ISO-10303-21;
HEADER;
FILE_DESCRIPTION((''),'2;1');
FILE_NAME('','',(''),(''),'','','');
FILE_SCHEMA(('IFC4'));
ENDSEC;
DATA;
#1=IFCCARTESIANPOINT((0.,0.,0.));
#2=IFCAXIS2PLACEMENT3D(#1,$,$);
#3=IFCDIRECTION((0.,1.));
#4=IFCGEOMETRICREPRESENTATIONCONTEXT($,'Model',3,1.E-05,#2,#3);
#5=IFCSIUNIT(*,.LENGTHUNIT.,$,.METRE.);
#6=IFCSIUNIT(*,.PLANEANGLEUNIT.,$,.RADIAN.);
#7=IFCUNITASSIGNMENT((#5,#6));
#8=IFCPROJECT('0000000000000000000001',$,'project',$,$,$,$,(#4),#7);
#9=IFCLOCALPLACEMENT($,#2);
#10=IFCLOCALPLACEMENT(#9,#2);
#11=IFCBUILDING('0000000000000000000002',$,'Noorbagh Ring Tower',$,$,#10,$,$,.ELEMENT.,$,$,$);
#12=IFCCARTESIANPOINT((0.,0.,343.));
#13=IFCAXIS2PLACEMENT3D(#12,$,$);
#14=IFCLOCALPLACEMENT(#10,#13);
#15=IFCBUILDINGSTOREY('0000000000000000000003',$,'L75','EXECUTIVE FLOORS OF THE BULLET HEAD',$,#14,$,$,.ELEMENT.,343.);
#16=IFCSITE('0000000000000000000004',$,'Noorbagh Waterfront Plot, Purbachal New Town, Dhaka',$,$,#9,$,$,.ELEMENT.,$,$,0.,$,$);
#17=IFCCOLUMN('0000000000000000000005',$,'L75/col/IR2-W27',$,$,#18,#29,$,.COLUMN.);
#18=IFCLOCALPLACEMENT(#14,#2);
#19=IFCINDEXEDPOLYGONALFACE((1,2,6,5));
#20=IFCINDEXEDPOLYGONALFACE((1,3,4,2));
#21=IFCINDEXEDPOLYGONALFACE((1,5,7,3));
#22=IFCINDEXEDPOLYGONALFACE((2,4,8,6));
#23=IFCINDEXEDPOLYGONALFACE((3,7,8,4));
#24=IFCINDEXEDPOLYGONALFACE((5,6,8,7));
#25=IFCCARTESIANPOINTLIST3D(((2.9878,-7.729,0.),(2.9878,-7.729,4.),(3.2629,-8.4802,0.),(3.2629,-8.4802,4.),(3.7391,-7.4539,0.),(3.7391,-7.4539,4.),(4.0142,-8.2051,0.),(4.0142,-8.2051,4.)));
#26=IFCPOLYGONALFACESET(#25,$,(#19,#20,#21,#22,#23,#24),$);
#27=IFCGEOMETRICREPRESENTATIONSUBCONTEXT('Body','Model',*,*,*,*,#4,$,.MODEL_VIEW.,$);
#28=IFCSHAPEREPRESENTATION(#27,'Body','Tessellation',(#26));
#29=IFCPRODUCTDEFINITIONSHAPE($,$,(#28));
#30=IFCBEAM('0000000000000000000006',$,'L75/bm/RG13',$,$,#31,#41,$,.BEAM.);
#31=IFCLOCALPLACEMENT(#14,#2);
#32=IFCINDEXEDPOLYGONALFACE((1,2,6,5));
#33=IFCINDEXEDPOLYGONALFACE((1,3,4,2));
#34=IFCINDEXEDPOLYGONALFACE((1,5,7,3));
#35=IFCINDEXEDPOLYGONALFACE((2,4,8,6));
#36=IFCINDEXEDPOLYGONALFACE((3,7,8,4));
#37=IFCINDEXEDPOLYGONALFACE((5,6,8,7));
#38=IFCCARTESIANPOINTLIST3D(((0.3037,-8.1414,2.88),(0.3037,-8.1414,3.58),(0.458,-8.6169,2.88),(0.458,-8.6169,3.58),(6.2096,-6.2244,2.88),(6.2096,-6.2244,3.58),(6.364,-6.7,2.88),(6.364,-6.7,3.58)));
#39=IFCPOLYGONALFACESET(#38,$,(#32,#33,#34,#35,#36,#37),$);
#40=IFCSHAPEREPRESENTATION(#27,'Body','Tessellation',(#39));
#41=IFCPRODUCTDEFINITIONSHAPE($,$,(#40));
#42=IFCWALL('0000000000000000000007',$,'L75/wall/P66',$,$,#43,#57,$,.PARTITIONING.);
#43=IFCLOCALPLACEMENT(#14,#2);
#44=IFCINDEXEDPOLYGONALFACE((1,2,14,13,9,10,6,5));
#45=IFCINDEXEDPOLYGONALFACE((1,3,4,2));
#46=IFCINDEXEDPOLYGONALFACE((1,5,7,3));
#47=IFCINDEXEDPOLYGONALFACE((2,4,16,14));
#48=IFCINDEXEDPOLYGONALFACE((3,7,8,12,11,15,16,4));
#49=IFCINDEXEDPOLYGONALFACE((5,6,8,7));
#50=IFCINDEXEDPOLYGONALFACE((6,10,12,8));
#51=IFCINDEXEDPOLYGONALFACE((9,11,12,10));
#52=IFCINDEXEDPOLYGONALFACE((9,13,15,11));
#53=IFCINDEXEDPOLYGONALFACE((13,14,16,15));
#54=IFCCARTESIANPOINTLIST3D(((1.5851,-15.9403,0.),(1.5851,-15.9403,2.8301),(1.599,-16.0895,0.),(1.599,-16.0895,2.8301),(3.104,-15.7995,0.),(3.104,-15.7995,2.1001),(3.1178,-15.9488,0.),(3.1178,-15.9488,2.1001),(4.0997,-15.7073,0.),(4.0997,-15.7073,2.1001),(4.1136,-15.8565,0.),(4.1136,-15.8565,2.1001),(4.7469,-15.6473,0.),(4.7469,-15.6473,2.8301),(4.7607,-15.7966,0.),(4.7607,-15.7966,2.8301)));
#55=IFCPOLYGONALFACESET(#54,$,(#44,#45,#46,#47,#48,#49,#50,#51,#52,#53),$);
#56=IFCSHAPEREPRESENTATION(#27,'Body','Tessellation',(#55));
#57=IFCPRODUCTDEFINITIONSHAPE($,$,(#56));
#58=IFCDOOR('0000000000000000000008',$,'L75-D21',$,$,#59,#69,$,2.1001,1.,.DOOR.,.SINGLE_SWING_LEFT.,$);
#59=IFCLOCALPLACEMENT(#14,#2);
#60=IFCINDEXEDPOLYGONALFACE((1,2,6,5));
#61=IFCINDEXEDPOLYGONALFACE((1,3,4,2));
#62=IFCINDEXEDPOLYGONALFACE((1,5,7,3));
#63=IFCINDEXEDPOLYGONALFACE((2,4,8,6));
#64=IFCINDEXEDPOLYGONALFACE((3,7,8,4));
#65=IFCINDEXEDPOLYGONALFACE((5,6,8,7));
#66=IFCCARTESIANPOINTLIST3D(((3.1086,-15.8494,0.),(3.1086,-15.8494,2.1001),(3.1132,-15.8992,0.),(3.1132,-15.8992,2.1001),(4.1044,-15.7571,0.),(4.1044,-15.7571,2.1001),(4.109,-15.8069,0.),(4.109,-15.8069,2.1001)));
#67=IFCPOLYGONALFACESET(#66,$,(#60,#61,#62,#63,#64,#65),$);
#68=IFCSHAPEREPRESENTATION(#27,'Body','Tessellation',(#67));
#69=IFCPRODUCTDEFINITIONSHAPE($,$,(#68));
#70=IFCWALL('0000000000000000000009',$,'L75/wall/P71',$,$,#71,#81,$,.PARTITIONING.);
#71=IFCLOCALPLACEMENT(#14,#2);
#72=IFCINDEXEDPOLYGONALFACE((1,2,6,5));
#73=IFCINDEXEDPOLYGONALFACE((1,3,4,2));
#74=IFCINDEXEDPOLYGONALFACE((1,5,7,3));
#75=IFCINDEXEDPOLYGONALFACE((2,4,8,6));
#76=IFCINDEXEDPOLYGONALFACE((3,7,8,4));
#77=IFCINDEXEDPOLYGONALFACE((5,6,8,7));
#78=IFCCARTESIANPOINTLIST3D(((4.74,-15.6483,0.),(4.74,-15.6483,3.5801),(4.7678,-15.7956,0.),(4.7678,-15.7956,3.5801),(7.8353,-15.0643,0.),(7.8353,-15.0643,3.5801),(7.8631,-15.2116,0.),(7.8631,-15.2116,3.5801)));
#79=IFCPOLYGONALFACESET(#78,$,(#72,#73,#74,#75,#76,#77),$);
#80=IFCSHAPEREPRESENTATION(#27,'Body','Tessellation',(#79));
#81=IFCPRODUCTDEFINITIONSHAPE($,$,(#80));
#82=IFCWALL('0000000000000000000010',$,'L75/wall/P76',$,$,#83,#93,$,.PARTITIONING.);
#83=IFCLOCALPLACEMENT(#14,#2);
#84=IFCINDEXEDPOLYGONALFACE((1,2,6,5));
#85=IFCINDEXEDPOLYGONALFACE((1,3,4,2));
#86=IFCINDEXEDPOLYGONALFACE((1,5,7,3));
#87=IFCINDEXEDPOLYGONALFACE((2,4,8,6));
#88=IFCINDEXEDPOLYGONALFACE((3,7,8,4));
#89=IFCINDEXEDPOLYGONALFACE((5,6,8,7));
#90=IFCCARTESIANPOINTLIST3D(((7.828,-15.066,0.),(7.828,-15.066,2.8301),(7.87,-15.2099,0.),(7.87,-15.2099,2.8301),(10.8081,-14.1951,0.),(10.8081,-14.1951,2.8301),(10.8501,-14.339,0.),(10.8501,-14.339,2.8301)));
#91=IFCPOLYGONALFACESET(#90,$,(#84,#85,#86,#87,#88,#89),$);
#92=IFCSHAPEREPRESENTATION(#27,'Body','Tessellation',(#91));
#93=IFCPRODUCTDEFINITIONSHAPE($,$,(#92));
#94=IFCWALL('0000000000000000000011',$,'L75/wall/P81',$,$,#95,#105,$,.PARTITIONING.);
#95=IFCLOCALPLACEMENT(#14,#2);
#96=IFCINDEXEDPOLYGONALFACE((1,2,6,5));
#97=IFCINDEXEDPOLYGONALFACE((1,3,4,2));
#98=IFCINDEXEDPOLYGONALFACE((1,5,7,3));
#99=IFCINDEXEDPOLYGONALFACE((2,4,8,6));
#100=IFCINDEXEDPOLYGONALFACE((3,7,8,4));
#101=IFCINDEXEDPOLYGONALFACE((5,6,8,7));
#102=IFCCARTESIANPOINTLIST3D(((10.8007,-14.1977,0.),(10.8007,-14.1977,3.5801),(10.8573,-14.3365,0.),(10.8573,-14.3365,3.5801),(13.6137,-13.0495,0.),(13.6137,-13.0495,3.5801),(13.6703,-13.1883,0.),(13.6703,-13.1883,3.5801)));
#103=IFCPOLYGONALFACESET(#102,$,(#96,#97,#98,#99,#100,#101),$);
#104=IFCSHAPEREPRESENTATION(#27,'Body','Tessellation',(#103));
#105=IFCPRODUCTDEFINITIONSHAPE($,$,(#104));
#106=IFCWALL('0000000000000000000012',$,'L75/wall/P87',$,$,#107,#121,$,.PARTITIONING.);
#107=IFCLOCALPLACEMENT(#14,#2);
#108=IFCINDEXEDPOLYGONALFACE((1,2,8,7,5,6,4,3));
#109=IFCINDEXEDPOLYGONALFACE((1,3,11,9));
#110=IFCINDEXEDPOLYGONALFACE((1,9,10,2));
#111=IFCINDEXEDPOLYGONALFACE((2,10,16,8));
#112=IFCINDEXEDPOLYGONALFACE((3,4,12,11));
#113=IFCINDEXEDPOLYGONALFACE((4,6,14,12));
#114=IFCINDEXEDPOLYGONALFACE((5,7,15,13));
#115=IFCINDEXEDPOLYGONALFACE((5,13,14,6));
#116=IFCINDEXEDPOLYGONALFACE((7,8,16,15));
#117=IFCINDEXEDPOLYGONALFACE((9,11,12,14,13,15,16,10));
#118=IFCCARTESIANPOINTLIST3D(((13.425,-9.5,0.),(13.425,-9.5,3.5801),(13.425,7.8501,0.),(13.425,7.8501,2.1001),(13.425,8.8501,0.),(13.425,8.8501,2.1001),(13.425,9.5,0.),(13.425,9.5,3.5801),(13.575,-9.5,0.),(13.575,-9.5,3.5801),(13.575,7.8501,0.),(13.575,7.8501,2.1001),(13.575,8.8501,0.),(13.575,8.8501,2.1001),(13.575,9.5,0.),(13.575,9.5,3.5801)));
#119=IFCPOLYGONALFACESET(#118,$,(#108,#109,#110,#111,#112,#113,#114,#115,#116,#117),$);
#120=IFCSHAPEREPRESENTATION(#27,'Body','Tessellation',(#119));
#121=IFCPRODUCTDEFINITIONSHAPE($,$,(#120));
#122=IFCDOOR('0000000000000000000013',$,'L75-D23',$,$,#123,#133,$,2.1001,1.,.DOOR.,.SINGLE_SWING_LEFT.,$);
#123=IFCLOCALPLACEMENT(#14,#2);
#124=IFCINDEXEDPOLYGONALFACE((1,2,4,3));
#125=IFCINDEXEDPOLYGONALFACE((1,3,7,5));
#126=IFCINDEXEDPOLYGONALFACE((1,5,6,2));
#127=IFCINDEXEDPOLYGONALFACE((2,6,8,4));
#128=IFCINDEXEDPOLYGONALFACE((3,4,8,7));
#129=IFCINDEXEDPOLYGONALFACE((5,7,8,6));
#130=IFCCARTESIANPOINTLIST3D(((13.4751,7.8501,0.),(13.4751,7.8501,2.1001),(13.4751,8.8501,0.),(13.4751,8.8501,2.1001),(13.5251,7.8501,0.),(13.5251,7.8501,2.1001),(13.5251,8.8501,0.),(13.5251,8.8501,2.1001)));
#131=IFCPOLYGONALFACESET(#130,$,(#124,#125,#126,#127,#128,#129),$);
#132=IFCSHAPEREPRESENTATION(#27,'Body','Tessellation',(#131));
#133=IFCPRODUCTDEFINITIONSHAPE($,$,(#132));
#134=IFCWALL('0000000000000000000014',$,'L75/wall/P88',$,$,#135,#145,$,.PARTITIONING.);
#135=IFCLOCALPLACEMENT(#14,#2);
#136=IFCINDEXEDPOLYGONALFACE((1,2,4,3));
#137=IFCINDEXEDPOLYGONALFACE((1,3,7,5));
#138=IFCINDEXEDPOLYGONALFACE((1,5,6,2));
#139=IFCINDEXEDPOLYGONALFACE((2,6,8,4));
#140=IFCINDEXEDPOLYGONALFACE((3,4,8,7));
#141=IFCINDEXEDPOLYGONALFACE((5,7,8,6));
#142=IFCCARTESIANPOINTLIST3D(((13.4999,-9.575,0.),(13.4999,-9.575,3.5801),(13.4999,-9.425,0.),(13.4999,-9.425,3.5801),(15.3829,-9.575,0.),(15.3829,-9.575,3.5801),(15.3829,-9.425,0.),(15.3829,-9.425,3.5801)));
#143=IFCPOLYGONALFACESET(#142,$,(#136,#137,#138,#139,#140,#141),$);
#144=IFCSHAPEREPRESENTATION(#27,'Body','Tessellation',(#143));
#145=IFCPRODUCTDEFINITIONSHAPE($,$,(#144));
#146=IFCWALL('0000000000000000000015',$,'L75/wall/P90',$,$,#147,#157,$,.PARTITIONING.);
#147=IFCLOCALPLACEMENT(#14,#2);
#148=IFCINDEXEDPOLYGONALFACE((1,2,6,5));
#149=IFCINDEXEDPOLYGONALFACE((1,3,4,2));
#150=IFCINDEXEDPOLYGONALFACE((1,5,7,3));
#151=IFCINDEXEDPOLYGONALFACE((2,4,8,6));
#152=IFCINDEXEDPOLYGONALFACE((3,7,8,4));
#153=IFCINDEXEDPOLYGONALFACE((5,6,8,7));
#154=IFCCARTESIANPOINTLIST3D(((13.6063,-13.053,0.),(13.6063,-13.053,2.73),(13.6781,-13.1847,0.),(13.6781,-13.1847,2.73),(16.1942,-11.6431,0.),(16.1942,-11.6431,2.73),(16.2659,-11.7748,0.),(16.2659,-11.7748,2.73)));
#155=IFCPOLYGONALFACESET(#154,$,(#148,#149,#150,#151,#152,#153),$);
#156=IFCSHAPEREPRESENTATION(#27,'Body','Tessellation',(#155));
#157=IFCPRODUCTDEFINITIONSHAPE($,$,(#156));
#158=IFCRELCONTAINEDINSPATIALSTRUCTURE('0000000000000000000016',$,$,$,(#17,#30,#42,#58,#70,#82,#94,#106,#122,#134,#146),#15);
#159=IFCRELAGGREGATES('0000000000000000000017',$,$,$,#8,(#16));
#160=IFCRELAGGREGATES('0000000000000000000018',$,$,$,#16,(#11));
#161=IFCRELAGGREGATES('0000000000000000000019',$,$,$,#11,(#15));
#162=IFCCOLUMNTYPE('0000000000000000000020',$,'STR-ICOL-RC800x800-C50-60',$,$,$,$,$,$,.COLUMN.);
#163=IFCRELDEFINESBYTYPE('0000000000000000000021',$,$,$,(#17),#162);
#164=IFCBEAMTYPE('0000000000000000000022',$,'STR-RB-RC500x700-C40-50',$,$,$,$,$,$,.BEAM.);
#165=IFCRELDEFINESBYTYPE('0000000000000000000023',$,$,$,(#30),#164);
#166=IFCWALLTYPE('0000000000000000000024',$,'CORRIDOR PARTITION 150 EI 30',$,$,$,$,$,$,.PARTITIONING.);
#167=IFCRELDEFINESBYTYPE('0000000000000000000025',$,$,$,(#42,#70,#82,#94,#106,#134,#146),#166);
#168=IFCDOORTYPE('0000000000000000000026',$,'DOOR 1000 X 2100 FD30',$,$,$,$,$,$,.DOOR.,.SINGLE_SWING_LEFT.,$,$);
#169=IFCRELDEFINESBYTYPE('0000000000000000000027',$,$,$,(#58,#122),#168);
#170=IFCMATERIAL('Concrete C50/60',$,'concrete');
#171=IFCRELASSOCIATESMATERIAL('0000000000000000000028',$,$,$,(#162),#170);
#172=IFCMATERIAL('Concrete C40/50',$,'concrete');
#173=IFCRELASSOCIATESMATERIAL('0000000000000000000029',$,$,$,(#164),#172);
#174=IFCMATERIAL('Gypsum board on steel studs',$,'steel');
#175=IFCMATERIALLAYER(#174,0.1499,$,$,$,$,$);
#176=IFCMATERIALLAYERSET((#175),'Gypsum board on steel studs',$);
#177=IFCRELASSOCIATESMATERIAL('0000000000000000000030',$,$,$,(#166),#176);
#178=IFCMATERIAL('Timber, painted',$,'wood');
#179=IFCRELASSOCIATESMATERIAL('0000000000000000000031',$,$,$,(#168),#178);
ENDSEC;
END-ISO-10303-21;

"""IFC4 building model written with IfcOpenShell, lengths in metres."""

from ifc_helpers import new_model, si_unit, direction, frame, frame_2d, origin, origin_2d, place, context, subcontext, project, spatial, rectangle, extrude, material, layer, layer_set, material_profile, profile_set, type_object, element, fill, save


model = new_model("IFC4")

# Units and contexts
model_context = context("Model", 3, precision=1e-05, world=origin(), true_north=direction((0.0, 1.0)))
body_context = subcontext(model_context, "Body", "Model", "MODEL_VIEW")
ifc_project = project(units=[si_unit("LENGTHUNIT", "METRE"), si_unit("PLANEANGLEUNIT", "RADIAN")], contexts=[model_context])

# Site, building, storey
site_placement = place(None, origin())
site = spatial("IfcSite", under=ifc_project, at=site_placement, Name="Noorbagh Waterfront Plot, Purbachal New Town, Dhaka", CompositionType="ELEMENT", RefElevation=0.0)
building_placement = place(site_placement, origin())
building = spatial("IfcBuilding", under=site, at=building_placement, Name="Noorbagh Ring Tower", CompositionType="ELEMENT")
storey_placement = place(building_placement, frame((0.0, 0.0, 343.0)))
storey = spatial("IfcBuildingStorey", under=building, at=storey_placement, Name="L75", Description="EXECUTIVE FLOORS OF THE BULLET HEAD", CompositionType="ELEMENT", Elevation=343.0)

# Column
ifc_material_1 = material(Name="Concrete C50/60", Category="concrete")
ifc_material_profile_1 = material_profile(ifc_material_1, rectangle(XDim=0.8, YDim=0.8, at=origin_2d()), Name="RC800x800")
ifc_profile_set_1 = profile_set([ifc_material_profile_1], Name="Concrete C50/60")
column_type = type_object("IfcColumnType", Name="STR-ICOL-RC800x800-C50-60", PredefinedType="COLUMN", material=ifc_profile_set_1)
column_placement = place(storey_placement, frame((3.501, -7.967, 0.0), z_axis=(0.0, 0.0, 1.0), x_axis=(0.93902, 0.343864, 0.0)))
element("IfcColumn", 1, at=column_placement, inside=storey, type_object=column_type, Name="L75/col/IR2-W27", PredefinedType="COLUMN", context=body_context, shape_type="SweptSolid", body=[
    extrude(rectangle(XDim=0.8, YDim=0.8, at=origin_2d()), origin(), (0.0, 0.0, 1.0), 4.0),
])

# Beam
ifc_material_2 = material(Name="Concrete C40/50", Category="concrete")
ifc_material_profile_2 = material_profile(ifc_material_2, rectangle(XDim=0.5, YDim=0.7, at=origin_2d()), Name="RC500x700")
ifc_profile_set_2 = profile_set([ifc_material_profile_2], Name="Concrete C40/50")
beam_type = type_object("IfcBeamType", Name="STR-RB-RC500x700-C40-50", PredefinedType="BEAM", material=ifc_profile_set_2)
beam_placement = place(storey_placement, frame((0.3809, -8.3792, 3.23), z_axis=(0.95115, 0.308728, 0.0), x_axis=(-0.308728, 0.95115, 0.0)))
element("IfcBeam", 2, at=beam_placement, inside=storey, type_object=beam_type, Name="L75/bm/RG13", PredefinedType="BEAM", context=body_context, shape_type="SweptSolid", body=[
    extrude(rectangle(XDim=0.5, YDim=0.7, at=origin_2d()), origin(), (0.0, 0.0, 1.0), 6.2092),
])

# Wall, opening, door
ifc_material_3 = material(Name="Gypsum board on steel studs", Category="steel")
ifc_layer_1 = layer(ifc_material_3, 0.1499)
ifc_layer_set_1 = layer_set([ifc_layer_1], Name="Gypsum board on steel studs")
wall_type_1 = type_object("IfcWallType", Name="CORRIDOR PARTITION 150 EI 30", PredefinedType="PARTITIONING", material=ifc_layer_set_1)
wall_1_placement = place(storey_placement, frame((1.592, -16.0149, 0.0), z_axis=(0.0, 0.0, 1.0), x_axis=(0.995735, 0.092262, 0.0)))
wall_1 = element("IfcWall", 3, at=wall_1_placement, inside=storey, type_object=wall_type_1, Name="L75/wall/P66", PredefinedType="PARTITIONING", context=body_context, shape_type="SweptSolid", body=[
    extrude(rectangle(XDim=3.1753, YDim=0.1499, at=frame_2d((1.5876, 0.0))), origin(), (0.0, 0.0, 1.0), 2.8301),
])
opening_1_placement = place(wall_1_placement, frame((1.5254, 0.0, 0.0)))
opening_1 = element("IfcOpeningElement", 4, at=opening_1_placement, cuts=wall_1, PredefinedType="OPENING", context=body_context, shape_type="SweptSolid", body=[
    extrude(rectangle(XDim=1.0, YDim=2.1001, at=frame_2d((0.5, 1.05))), frame((0.0, 0.085, 0.0), z_axis=(0.0, -1.0, 0.0), x_axis=(1.0, 0.0, 0.0)), (0.0, 0.0, 1.0), 0.1699),
])
ifc_material_4 = material(Name="Timber, painted", Category="wood")
door_type = type_object("IfcDoorType", Name="DOOR 1000 X 2100 FD30", OperationType="SINGLE_SWING_LEFT", PredefinedType="DOOR", material=ifc_material_4)
door_1_placement = place(opening_1_placement, origin())
door_1 = element("IfcDoor", 5, at=door_1_placement, inside=storey, type_object=door_type, Name="L75-D21", OperationType="SINGLE_SWING_LEFT", OverallHeight=2.1001, OverallWidth=1.0, PredefinedType="DOOR", context=body_context, shape_type="SweptSolid", body=[
    extrude(rectangle(XDim=1.0, YDim=2.1001, at=frame_2d((0.5, 1.05))), frame((0.0, 0.0249, 0.0), z_axis=(0.0, -1.0, 0.0), x_axis=(1.0, 0.0, 0.0)), (0.0, 0.0, 1.0), 0.05),
])
fill(opening_1, door_1)

# Walls
wall_2_placement = place(storey_placement, frame((4.7539, -15.7219, 0.0), z_axis=(0.0, 0.0, 1.0), x_axis=(0.982663, 0.185402, 0.0)))
element("IfcWall", 6, at=wall_2_placement, inside=storey, type_object=wall_type_1, Name="L75/wall/P71", PredefinedType="PARTITIONING", context=body_context, shape_type="SweptSolid", body=[
    extrude(rectangle(XDim=3.1499, YDim=0.1499, at=frame_2d((1.575, 0.0))), origin(), (0.0, 0.0, 1.0), 3.5801),
])
wall_3_placement = place(storey_placement, frame((7.8491, -15.1379, 0.0), z_axis=(0.0, 0.0, 1.0), x_axis=(0.959854, 0.280501, 0.0)))
element("IfcWall", 7, at=wall_3_placement, inside=storey, type_object=wall_type_1, Name="L75/wall/P76", PredefinedType="PARTITIONING", context=body_context, shape_type="SweptSolid", body=[
    extrude(rectangle(XDim=3.1047, YDim=0.1499, at=frame_2d((1.5522, 0.0))), origin(), (0.0, 0.0, 1.0), 2.8301),
])
wall_4_placement = place(storey_placement, frame((10.8291, -14.2671, 0.0), z_axis=(0.0, 0.0, 1.0), x_axis=(0.925844, 0.377907, 0.0)))
element("IfcWall", 8, at=wall_4_placement, inside=storey, type_object=wall_type_1, Name="L75/wall/P81", PredefinedType="PARTITIONING", context=body_context, shape_type="SweptSolid", body=[
    extrude(rectangle(XDim=3.0383, YDim=0.1499, at=frame_2d((1.519, 0.0))), origin(), (0.0, 0.0, 1.0), 3.5801),
])

# Wall, opening, door
wall_5_placement = place(storey_placement, frame((13.5, -9.5, 0.0), z_axis=(0.0, 0.0, 1.0), x_axis=(0.0, 1.0, 0.0)))
wall_5 = element("IfcWall", 9, at=wall_5_placement, inside=storey, type_object=wall_type_1, Name="L75/wall/P87", PredefinedType="PARTITIONING", context=body_context, shape_type="SweptSolid", body=[
    extrude(rectangle(XDim=19.0, YDim=0.1499, at=frame_2d((9.5, 0.0))), origin(), (0.0, 0.0, 1.0), 3.5801),
])
opening_2_placement = place(wall_5_placement, frame((17.3501, 0.0, 0.0)))
opening_2 = element("IfcOpeningElement", 10, at=opening_2_placement, cuts=wall_5, PredefinedType="OPENING", context=body_context, shape_type="SweptSolid", body=[
    extrude(rectangle(XDim=1.0, YDim=2.1001, at=frame_2d((0.5, 1.05))), frame((0.0, 0.085, 0.0), z_axis=(0.0, -1.0, 0.0), x_axis=(1.0, 0.0, 0.0)), (0.0, 0.0, 1.0), 0.1699),
])
door_2_placement = place(opening_2_placement, origin())
door_2 = element("IfcDoor", 11, at=door_2_placement, inside=storey, type_object=door_type, Name="L75-D23", OperationType="SINGLE_SWING_LEFT", OverallHeight=2.1001, OverallWidth=1.0, PredefinedType="DOOR", context=body_context, shape_type="SweptSolid", body=[
    extrude(rectangle(XDim=1.0, YDim=2.1001, at=frame_2d((0.5, 1.05))), frame((0.0, 0.0249, 0.0), z_axis=(0.0, -1.0, 0.0), x_axis=(1.0, 0.0, 0.0)), (0.0, 0.0, 1.0), 0.05),
])
fill(opening_2, door_2)

# Walls
wall_6_placement = place(storey_placement, frame((13.5, -9.5, 0.0), z_axis=(0.0, 0.0, 1.0), x_axis=(1.0, 0.0, 0.0)))
element("IfcWall", 12, at=wall_6_placement, inside=storey, type_object=wall_type_1, Name="L75/wall/P88", PredefinedType="PARTITIONING", context=body_context, shape_type="SweptSolid", body=[
    extrude(rectangle(XDim=1.8831, YDim=0.1499, at=frame_2d((0.9414, 0.0))), origin(), (0.0, 0.0, 1.0), 3.5801),
])
wall_7_placement = place(storey_placement, frame((13.6421, -13.1189, 0.0), z_axis=(0.0, 0.0, 1.0), x_axis=(0.878133, 0.478417, 0.0)))
element("IfcWall", 13, at=wall_7_placement, inside=storey, type_object=wall_type_1, Name="L75/wall/P90", PredefinedType="PARTITIONING", context=body_context, shape_type="SweptSolid", body=[
    extrude(rectangle(XDim=2.947, YDim=0.1499, at=frame_2d((1.4736, 0.0))), origin(), (0.0, 0.0, 1.0), 2.73),
])

save(model, "model.ifc")
